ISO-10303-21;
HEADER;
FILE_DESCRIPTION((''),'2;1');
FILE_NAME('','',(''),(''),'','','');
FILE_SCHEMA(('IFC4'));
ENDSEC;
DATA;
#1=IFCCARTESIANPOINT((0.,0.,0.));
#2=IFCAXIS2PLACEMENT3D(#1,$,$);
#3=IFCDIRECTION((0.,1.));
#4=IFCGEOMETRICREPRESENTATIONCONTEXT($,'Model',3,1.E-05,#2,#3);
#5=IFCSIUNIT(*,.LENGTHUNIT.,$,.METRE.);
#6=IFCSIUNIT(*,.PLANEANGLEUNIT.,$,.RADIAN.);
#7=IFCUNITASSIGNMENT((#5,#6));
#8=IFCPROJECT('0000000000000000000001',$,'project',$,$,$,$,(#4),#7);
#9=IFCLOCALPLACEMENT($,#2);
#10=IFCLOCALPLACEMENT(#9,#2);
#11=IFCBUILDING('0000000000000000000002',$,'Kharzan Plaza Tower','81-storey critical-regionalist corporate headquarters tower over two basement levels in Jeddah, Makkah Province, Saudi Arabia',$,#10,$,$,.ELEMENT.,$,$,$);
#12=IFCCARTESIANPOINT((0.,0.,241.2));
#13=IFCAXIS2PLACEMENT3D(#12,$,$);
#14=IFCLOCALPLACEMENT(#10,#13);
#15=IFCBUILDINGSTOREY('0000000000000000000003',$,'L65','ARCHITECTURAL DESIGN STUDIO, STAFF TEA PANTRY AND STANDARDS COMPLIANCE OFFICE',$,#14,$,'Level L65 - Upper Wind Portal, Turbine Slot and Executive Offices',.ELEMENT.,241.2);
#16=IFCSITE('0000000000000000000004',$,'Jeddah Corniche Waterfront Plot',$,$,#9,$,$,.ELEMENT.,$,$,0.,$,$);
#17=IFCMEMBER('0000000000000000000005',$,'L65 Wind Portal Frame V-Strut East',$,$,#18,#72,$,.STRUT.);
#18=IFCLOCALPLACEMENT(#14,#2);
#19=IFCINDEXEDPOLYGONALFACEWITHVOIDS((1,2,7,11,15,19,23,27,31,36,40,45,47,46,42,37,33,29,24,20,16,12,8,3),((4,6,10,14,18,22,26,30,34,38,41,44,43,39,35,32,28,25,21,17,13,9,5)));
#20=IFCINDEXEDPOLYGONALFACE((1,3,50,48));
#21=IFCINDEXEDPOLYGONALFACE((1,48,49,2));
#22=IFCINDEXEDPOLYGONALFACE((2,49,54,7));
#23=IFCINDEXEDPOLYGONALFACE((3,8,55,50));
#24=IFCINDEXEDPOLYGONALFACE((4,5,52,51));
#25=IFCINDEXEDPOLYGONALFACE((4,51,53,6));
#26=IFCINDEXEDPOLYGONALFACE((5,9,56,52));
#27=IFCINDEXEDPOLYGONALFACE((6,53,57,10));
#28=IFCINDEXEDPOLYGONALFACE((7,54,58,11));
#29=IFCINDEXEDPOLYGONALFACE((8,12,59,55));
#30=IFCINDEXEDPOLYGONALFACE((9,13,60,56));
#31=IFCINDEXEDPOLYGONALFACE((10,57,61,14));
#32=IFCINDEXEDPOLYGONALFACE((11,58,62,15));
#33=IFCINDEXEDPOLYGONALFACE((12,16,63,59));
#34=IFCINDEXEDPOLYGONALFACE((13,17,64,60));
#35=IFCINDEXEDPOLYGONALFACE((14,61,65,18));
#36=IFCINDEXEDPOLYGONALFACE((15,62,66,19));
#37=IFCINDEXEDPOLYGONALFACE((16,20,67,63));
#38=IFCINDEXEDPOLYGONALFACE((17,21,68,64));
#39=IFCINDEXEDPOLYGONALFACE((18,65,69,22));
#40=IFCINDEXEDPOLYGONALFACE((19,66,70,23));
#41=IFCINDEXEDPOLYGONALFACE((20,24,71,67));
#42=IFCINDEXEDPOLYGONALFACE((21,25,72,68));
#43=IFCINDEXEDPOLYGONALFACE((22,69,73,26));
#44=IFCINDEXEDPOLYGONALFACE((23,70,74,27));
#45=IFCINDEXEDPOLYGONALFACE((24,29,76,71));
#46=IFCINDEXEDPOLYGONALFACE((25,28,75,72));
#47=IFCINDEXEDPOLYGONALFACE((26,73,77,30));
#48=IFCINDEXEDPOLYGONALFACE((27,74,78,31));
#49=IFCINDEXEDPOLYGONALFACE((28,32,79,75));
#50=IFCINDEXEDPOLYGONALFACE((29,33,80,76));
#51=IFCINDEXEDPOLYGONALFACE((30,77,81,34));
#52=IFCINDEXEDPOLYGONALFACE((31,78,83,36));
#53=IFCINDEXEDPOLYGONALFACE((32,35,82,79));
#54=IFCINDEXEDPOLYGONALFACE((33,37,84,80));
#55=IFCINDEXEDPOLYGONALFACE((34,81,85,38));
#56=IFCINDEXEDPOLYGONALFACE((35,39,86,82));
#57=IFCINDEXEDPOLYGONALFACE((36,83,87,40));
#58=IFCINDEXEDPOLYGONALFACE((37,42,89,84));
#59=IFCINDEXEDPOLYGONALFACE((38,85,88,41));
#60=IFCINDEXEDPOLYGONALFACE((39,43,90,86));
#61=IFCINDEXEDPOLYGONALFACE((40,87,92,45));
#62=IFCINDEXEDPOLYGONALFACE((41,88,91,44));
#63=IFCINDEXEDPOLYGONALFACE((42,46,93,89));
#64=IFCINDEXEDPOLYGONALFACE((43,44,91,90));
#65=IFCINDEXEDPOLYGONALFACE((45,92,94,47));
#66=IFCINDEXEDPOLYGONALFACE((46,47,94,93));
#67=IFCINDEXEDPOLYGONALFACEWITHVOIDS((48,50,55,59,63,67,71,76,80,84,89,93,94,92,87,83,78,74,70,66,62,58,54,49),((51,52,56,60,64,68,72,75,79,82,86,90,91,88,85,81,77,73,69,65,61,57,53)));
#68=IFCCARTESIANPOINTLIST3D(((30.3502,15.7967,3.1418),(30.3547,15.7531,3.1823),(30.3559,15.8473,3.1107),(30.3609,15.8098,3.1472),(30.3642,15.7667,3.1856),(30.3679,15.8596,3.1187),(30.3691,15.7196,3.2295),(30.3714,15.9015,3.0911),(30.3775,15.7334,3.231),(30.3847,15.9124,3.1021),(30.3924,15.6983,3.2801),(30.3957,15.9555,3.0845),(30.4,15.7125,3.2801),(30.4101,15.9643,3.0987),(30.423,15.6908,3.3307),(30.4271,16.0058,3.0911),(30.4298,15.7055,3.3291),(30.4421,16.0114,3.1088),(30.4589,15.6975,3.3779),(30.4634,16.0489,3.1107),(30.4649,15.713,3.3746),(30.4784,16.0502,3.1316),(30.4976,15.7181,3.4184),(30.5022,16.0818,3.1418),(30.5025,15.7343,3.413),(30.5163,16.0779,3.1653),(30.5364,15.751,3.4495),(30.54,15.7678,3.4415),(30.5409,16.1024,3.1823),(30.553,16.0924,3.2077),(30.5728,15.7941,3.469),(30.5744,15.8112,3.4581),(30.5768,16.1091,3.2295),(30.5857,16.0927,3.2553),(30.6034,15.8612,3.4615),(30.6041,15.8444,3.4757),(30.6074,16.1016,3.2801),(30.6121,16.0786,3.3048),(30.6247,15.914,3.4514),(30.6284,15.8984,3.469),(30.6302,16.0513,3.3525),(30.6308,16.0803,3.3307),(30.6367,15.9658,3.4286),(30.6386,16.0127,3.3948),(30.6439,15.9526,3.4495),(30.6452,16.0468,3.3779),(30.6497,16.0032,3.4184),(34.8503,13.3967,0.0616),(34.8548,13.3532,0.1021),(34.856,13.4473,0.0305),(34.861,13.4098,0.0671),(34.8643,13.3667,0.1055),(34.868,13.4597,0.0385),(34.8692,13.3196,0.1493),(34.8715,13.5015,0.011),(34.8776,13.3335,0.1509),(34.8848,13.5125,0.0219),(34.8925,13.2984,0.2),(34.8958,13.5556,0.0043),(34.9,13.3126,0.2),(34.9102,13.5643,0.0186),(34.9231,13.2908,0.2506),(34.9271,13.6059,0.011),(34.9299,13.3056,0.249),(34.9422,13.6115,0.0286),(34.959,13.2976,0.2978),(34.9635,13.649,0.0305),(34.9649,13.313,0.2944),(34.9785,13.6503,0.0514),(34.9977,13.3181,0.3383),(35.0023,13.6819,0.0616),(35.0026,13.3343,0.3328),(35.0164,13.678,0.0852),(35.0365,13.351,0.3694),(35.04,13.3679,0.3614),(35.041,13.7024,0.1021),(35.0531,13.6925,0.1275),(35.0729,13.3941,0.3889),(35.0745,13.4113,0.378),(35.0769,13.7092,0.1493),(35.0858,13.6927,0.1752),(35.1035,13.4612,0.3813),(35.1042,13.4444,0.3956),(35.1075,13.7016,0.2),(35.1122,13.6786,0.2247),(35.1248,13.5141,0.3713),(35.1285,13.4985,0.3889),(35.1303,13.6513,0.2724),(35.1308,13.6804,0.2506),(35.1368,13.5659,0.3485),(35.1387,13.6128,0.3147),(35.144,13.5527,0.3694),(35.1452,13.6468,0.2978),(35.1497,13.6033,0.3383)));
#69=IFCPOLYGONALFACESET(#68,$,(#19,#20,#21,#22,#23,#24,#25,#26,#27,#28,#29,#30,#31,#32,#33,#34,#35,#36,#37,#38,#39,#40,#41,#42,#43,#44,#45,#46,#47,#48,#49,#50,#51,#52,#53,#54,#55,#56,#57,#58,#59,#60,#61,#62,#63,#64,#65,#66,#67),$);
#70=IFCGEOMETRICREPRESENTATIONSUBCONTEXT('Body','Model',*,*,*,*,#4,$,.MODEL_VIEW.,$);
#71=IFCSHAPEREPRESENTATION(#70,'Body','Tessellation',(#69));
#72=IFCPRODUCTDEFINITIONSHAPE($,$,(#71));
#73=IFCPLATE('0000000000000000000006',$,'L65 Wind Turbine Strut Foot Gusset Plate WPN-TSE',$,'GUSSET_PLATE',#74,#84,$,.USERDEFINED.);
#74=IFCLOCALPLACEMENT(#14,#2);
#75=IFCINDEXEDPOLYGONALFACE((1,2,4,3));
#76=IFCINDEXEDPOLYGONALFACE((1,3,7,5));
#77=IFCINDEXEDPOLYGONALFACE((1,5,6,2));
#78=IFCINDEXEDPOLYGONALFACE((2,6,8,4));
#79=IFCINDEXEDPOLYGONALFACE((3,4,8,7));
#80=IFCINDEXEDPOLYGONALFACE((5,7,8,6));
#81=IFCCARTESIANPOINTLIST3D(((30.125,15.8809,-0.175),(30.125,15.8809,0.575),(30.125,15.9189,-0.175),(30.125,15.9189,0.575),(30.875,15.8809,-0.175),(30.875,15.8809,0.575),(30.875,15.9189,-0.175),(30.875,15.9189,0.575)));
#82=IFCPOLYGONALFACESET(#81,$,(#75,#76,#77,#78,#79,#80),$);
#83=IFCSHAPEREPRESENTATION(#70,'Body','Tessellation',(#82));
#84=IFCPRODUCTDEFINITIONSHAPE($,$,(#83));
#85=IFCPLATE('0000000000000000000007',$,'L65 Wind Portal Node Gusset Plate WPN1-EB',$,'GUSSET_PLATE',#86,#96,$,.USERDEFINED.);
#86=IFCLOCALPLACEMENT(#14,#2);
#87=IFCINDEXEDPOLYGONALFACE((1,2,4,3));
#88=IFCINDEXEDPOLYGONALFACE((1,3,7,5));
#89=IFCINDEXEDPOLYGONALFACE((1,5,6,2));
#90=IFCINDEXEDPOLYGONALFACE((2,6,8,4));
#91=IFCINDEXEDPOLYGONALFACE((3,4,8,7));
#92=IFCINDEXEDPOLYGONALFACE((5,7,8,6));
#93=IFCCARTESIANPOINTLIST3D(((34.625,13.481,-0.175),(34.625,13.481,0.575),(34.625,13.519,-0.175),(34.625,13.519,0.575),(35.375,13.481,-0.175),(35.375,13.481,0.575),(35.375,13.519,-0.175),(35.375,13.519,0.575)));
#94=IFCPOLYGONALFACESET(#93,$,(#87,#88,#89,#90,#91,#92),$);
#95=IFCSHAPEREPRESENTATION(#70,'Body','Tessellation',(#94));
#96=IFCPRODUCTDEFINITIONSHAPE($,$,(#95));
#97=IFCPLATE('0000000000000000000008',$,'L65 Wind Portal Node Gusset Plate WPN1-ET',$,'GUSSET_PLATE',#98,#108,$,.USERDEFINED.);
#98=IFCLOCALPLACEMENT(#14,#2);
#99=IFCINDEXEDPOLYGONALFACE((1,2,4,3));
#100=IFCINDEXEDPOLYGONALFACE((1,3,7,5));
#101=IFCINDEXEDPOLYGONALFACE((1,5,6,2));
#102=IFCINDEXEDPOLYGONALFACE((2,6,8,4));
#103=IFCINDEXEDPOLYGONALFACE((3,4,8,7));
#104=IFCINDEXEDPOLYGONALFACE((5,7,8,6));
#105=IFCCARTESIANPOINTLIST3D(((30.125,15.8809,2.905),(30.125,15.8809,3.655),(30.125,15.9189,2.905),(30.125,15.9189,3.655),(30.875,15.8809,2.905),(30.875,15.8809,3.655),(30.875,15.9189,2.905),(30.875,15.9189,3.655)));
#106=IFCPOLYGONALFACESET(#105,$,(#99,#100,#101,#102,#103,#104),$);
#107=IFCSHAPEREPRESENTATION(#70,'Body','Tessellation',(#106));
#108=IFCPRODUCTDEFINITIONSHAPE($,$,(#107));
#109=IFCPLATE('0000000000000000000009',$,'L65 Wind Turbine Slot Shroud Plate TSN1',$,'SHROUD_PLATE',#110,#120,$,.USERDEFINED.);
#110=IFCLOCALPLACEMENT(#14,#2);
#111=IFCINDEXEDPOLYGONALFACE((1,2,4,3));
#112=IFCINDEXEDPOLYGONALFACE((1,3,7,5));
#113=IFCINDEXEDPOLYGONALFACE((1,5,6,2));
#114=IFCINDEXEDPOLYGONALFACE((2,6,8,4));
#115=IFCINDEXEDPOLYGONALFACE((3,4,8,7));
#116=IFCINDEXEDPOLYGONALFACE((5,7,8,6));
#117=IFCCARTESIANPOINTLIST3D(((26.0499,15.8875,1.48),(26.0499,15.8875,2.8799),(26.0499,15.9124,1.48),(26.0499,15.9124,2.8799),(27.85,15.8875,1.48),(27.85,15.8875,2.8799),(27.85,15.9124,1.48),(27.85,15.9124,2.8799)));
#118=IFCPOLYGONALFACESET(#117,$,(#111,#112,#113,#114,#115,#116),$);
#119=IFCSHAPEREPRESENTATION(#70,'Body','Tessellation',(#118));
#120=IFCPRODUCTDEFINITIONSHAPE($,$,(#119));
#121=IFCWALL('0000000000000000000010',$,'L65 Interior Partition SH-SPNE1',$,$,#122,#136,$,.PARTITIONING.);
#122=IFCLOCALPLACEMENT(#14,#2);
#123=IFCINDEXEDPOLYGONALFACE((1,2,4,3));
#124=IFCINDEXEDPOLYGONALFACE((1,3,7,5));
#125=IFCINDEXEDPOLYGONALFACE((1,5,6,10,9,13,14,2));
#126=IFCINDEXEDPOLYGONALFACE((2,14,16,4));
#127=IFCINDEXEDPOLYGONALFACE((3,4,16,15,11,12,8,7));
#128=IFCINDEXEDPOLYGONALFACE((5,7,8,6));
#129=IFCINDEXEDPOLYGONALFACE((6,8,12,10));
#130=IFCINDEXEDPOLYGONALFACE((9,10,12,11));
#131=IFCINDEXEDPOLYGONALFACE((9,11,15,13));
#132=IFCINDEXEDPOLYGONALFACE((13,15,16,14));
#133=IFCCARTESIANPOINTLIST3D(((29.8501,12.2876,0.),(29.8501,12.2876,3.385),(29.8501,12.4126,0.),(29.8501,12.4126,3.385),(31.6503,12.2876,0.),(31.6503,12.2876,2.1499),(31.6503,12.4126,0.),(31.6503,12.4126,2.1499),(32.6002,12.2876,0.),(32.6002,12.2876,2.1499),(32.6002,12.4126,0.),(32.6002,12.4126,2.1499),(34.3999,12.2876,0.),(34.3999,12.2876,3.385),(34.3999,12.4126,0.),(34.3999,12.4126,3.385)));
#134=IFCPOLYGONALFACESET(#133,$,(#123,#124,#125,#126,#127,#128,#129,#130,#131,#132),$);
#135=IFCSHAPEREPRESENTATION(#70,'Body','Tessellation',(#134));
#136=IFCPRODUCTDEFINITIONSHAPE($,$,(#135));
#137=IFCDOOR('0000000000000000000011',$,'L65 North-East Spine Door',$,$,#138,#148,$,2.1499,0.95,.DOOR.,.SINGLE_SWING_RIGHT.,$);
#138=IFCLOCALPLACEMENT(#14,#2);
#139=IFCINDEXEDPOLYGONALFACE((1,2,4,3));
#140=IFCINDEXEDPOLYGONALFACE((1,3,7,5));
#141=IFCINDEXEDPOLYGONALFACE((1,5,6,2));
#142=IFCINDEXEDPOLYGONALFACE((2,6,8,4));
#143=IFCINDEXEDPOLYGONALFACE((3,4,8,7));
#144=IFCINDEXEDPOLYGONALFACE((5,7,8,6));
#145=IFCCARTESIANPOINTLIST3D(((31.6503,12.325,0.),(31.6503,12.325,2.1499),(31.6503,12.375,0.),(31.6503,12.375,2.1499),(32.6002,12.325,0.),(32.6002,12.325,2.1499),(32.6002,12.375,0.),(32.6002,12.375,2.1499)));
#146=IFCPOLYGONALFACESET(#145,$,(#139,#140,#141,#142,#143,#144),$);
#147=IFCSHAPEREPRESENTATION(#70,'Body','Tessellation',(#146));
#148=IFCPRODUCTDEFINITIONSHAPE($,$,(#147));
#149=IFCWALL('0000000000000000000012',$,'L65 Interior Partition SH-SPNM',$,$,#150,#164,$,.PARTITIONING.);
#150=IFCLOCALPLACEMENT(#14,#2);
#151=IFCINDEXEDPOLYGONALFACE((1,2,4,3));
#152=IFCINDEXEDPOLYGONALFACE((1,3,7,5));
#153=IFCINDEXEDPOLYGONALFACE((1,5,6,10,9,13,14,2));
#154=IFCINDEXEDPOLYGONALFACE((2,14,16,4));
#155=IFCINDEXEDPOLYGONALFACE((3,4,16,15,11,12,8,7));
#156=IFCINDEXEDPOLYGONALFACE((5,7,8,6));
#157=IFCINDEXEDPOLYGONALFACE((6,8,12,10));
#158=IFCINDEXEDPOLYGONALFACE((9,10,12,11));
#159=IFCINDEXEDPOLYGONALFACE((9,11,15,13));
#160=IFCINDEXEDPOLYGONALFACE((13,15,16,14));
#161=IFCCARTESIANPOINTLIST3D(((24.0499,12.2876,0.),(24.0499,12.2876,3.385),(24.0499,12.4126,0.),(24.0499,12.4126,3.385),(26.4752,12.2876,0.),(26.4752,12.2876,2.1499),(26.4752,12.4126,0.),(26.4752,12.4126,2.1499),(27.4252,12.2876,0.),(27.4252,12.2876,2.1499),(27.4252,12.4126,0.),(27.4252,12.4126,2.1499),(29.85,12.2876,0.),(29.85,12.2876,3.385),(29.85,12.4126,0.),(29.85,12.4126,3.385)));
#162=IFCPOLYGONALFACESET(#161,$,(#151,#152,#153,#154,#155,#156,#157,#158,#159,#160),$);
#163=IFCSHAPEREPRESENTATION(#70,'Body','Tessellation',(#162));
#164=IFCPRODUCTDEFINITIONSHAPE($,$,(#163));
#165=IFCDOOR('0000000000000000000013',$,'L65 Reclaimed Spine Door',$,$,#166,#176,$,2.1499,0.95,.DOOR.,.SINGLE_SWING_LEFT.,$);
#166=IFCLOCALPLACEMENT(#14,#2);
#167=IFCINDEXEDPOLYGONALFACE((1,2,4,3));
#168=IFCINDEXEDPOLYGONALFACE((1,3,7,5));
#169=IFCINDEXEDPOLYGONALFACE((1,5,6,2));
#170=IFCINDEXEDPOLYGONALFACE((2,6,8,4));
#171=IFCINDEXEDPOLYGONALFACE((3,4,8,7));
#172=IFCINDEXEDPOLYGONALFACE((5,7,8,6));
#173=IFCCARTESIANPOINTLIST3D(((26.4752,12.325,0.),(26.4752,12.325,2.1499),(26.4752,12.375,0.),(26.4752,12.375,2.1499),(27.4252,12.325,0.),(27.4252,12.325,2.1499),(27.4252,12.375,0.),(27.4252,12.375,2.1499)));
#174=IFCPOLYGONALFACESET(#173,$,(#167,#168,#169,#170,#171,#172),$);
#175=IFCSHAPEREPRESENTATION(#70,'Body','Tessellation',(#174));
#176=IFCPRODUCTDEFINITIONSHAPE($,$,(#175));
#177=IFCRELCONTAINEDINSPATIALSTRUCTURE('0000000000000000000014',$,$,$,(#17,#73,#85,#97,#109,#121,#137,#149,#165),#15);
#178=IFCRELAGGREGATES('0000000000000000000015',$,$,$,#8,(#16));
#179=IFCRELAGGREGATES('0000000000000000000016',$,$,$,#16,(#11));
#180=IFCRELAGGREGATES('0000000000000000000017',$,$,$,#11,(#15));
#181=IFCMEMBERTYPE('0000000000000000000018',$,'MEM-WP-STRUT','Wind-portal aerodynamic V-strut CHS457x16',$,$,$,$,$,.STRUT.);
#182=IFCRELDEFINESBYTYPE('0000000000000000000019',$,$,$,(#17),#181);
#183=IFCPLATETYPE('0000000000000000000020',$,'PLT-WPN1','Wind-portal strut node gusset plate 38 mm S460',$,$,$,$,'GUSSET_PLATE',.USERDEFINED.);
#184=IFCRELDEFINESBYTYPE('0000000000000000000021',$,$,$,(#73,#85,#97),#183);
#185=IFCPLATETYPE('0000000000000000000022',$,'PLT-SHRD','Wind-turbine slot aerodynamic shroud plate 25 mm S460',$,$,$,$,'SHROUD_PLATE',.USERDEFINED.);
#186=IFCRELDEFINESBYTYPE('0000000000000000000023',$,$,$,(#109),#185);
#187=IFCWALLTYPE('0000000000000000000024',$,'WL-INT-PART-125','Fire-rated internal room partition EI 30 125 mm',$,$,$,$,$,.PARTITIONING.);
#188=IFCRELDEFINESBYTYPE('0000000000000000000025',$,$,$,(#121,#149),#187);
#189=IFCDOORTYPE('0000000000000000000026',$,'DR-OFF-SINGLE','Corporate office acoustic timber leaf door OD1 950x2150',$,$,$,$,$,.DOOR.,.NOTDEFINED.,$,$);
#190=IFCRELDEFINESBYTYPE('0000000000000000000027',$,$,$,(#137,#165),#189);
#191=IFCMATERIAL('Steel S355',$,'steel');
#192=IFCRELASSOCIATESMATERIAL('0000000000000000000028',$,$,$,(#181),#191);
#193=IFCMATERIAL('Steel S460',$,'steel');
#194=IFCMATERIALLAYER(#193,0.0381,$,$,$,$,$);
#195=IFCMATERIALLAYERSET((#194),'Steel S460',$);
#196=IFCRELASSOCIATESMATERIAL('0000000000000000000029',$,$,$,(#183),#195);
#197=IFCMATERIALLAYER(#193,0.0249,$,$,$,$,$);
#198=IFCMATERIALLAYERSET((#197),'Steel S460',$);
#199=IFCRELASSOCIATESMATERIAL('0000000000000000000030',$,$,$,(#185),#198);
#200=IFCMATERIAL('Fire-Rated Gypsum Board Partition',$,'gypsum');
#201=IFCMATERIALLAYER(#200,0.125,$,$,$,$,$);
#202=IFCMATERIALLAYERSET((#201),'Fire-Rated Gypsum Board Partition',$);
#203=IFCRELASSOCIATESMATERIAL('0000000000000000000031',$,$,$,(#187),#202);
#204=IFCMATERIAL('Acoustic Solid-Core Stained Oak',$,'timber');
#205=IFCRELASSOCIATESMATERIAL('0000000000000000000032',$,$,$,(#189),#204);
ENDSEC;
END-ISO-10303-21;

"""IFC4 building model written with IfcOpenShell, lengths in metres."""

from ifc_helpers import new_model, si_unit, direction, frame, frame_2d, origin, origin_2d, place, context, subcontext, project, spatial, rectangle, hollow_circle, extrude, source, transform, mapped, material, layer, layer_set, material_profile, profile_set, type_object, element, fill, save


model = new_model("IFC4")

# Units and contexts
model_context = context("Model", 3, precision=1e-05, world=origin(), true_north=direction((0.0, 1.0)))
body_context = subcontext(model_context, "Body", "Model", "MODEL_VIEW")
ifc_project = project(units=[si_unit("LENGTHUNIT", "METRE"), si_unit("PLANEANGLEUNIT", "RADIAN")], contexts=[model_context])

# Site, building, storey
site_placement = place(None, origin())
site = spatial("IfcSite", under=ifc_project, at=site_placement, Name="Jeddah Corniche Waterfront Plot", CompositionType="ELEMENT", RefElevation=0.0)
building_placement = place(site_placement, origin())
building = spatial("IfcBuilding", under=site, at=building_placement, Name="Kharzan Plaza Tower", Description="81-storey critical-regionalist corporate headquarters tower over two basement levels in Jeddah, Makkah Province, Saudi Arabia", CompositionType="ELEMENT")
storey_placement = place(building_placement, frame((0.0, 0.0, 241.2)))
storey = spatial("IfcBuildingStorey", under=building, at=storey_placement, Name="L65", Description="ARCHITECTURAL DESIGN STUDIO, STAFF TEA PANTRY AND STANDARDS COMPLIANCE OFFICE", LongName="Level L65 - Upper Wind Portal, Turbine Slot and Executive Offices", CompositionType="ELEMENT", Elevation=241.2)

# Shared definitions
ifc_material_1 = material(Name="Steel S355", Category="steel")

# Member
ifc_material_profile_1 = material_profile(ifc_material_1, hollow_circle(Radius=0.2285, WallThickness=0.0161, at=origin_2d()), Name="CHS457x16")
ifc_profile_set_1 = profile_set([ifc_material_profile_1], Name="Steel S355")
member_type_1 = type_object("IfcMemberType", Name="MEM-WP-STRUT", Description="Wind-portal aerodynamic V-strut CHS457x16", PredefinedType="STRUT", material=ifc_profile_set_1)
shared_shape_1 = source(origin(), body_context, "Body", "SweptSolid", [
    extrude(hollow_circle(Radius=0.2285, WallThickness=0.0161, at=origin_2d()), origin(), (0.0, 0.0, 1.0), 5.958),
])
member_1_placement = place(storey_placement, frame((35.0, 13.5, 0.2), z_axis=(-0.755301, 0.402811, 0.516975), x_axis=(-0.470573, -0.882361, 0.0)))
element("IfcMember", 1, at=member_1_placement, inside=storey, type_object=member_type_1, Name="L65 Wind Portal Frame V-Strut East", PredefinedType="STRUT", context=body_context, shape_type="MappedRepresentation", body=[
    mapped(shared_shape_1, transform((0.0, 0.0, 0.0), x_axis=(1.0, 0.0, 0.0), y_axis=(0.0, 1.0, 0.0), z_axis=(0.0, 0.0, 1.0))),
])

# Plates
ifc_material_2 = material(Name="Steel S460", Category="steel")
ifc_layer_1 = layer(ifc_material_2, 0.0381)
ifc_layer_set_1 = layer_set([ifc_layer_1], Name="Steel S460")
plate_type_1 = type_object("IfcPlateType", Name="PLT-WPN1", Description="Wind-portal strut node gusset plate 38 mm S460", ElementType="GUSSET_PLATE", PredefinedType="USERDEFINED", material=ifc_layer_set_1)
shared_shape_2 = source(origin(), body_context, "Body", "SweptSolid", [
    extrude(rectangle(XDim=0.75, YDim=0.0381, at=origin_2d()), origin(), (0.0, 0.0, 1.0), 0.75),
])
for number, where, z_axis, x_axis, name in (
    (2, (30.5, 15.8999, -0.175), (0.0, 0.0, 1.0), (1.0, 0.0, 0.0), "L65 Wind Turbine Strut Foot Gusset Plate WPN-TSE"),
    (3, (35.0, 13.5, -0.175), (0.0, 0.0, 1.0), (1.0, 0.0, 0.0), "L65 Wind Portal Node Gusset Plate WPN1-EB"),
    (4, (30.5, 15.8999, 2.905), (0.0, 0.0, 1.0), (1.0, 0.0, 0.0), "L65 Wind Portal Node Gusset Plate WPN1-ET"),
):
    element("IfcPlate", number, at=place(storey_placement, frame(where, z_axis=z_axis, x_axis=x_axis)), inside=storey, type_object=plate_type_1, Name=name, ObjectType="GUSSET_PLATE", PredefinedType="USERDEFINED", context=body_context, shape_type="MappedRepresentation", body=[
        mapped(shared_shape_2, transform((0.0, 0.0, 0.0), x_axis=(1.0, 0.0, 0.0), y_axis=(0.0, 1.0, 0.0), z_axis=(0.0, 0.0, 1.0))),
    ])
ifc_layer_2 = layer(ifc_material_2, 0.0249)
ifc_layer_set_2 = layer_set([ifc_layer_2], Name="Steel S460")
plate_type_2 = type_object("IfcPlateType", Name="PLT-SHRD", Description="Wind-turbine slot aerodynamic shroud plate 25 mm S460", ElementType="SHROUD_PLATE", PredefinedType="USERDEFINED", material=ifc_layer_set_2)
shared_shape_3 = source(origin(), body_context, "Body", "SweptSolid", [
    extrude(rectangle(XDim=1.8, YDim=0.0249, at=origin_2d()), origin(), (0.0, 0.0, 1.0), 1.3999),
])
plate_placement = place(storey_placement, frame((26.95, 15.8999, 1.48), z_axis=(0.0, 0.0, 1.0), x_axis=(1.0, 0.0, 0.0)))
element("IfcPlate", 5, at=plate_placement, inside=storey, type_object=plate_type_2, Name="L65 Wind Turbine Slot Shroud Plate TSN1", ObjectType="SHROUD_PLATE", PredefinedType="USERDEFINED", context=body_context, shape_type="MappedRepresentation", body=[
    mapped(shared_shape_3, transform((0.0, 0.0, 0.0), x_axis=(1.0, 0.0, 0.0), y_axis=(0.0, 1.0, 0.0), z_axis=(0.0, 0.0, 1.0))),
])

# Walls, openings, doors
ifc_material_3 = material(Name="Fire-Rated Gypsum Board Partition", Category="gypsum")
ifc_layer_3 = layer(ifc_material_3, 0.125)
ifc_layer_set_3 = layer_set([ifc_layer_3], Name="Fire-Rated Gypsum Board Partition")
wall_type_1 = type_object("IfcWallType", Name="WL-INT-PART-125", Description="Fire-rated internal room partition EI 30 125 mm", PredefinedType="PARTITIONING", material=ifc_layer_set_3)
wall_1_placement = place(storey_placement, frame((29.8501, 12.3501, 0.0), z_axis=(0.0, 0.0, 1.0), x_axis=(1.0, 0.0, 0.0)))
wall_1 = element("IfcWall", 6, at=wall_1_placement, inside=storey, type_object=wall_type_1, Name="L65 Interior Partition SH-SPNE1", PredefinedType="PARTITIONING", context=body_context, shape_type="SweptSolid", body=[
    extrude(rectangle(XDim=4.5498, YDim=0.125, at=frame_2d((2.2749, 0.0))), origin(), (0.0, 0.0, 1.0), 3.385),
])
opening_1_placement = place(wall_1_placement, frame((1.8, 0.0, 0.0)))
opening_1 = element("IfcOpeningElement", 7, at=opening_1_placement, cuts=wall_1, PredefinedType="OPENING", context=body_context, shape_type="SweptSolid", body=[
    extrude(rectangle(XDim=0.95, YDim=2.1499, at=frame_2d((0.4751, 1.075))), frame((0.0, 0.0725, 0.0), z_axis=(0.0, -1.0, 0.0), x_axis=(1.0, 0.0, 0.0)), (0.0, 0.0, 1.0), 0.145),
])
ifc_material_4 = material(Name="Acoustic Solid-Core Stained Oak", Category="timber")
door_type = type_object("IfcDoorType", Name="DR-OFF-SINGLE", Description="Corporate office acoustic timber leaf door OD1 950x2150", OperationType="NOTDEFINED", PredefinedType="DOOR", material=ifc_material_4)
shared_shape_4 = source(origin(), body_context, "Body", "SweptSolid", [
    extrude(rectangle(XDim=0.95, YDim=2.1499, at=frame_2d((0.4751, 1.075))), frame((0.0, 0.0249, 0.0), z_axis=(0.0, -1.0, 0.0), x_axis=(1.0, 0.0, 0.0)), (0.0, 0.0, 1.0), 0.05),
])
door_1_placement = place(opening_1_placement, origin())
door_1 = element("IfcDoor", 8, at=door_1_placement, inside=storey, type_object=door_type, Name="L65 North-East Spine Door", OperationType="SINGLE_SWING_RIGHT", OverallHeight=2.1499, OverallWidth=0.95, PredefinedType="DOOR", context=body_context, shape_type="MappedRepresentation", body=[
    mapped(shared_shape_4, transform((0.0, 0.0, 0.0), x_axis=(1.0, 0.0, 0.0), y_axis=(0.0, 1.0, 0.0), z_axis=(0.0, 0.0, 1.0))),
])
fill(opening_1, door_1)
wall_2_placement = place(storey_placement, frame((24.05, 12.3501, 0.0), z_axis=(0.0, 0.0, 1.0), x_axis=(1.0, 0.0, 0.0)))
wall_2 = element("IfcWall", 9, at=wall_2_placement, inside=storey, type_object=wall_type_1, Name="L65 Interior Partition SH-SPNM", PredefinedType="PARTITIONING", context=body_context, shape_type="SweptSolid", body=[
    extrude(rectangle(XDim=5.8, YDim=0.125, at=frame_2d((2.8999, 0.0))), origin(), (0.0, 0.0, 1.0), 3.385),
])
opening_2_placement = place(wall_2_placement, frame((2.425, 0.0, 0.0)))
opening_2 = element("IfcOpeningElement", 10, at=opening_2_placement, cuts=wall_2, PredefinedType="OPENING", context=body_context, shape_type="SweptSolid", body=[
    extrude(rectangle(XDim=0.95, YDim=2.1499, at=frame_2d((0.4751, 1.075))), frame((0.0, 0.0725, 0.0), z_axis=(0.0, -1.0, 0.0), x_axis=(1.0, 0.0, 0.0)), (0.0, 0.0, 1.0), 0.145),
])
door_2_placement = place(opening_2_placement, origin())
door_2 = element("IfcDoor", 11, at=door_2_placement, inside=storey, type_object=door_type, Name="L65 Reclaimed Spine Door", OperationType="SINGLE_SWING_LEFT", OverallHeight=2.1499, OverallWidth=0.95, PredefinedType="DOOR", context=body_context, shape_type="MappedRepresentation", body=[
    mapped(shared_shape_4, transform((0.0, 0.0, 0.0), x_axis=(1.0, 0.0, 0.0), y_axis=(0.0, 1.0, 0.0), z_axis=(0.0, 0.0, 1.0))),
])
fill(opening_2, door_2)

save(model, "model.ifc")
